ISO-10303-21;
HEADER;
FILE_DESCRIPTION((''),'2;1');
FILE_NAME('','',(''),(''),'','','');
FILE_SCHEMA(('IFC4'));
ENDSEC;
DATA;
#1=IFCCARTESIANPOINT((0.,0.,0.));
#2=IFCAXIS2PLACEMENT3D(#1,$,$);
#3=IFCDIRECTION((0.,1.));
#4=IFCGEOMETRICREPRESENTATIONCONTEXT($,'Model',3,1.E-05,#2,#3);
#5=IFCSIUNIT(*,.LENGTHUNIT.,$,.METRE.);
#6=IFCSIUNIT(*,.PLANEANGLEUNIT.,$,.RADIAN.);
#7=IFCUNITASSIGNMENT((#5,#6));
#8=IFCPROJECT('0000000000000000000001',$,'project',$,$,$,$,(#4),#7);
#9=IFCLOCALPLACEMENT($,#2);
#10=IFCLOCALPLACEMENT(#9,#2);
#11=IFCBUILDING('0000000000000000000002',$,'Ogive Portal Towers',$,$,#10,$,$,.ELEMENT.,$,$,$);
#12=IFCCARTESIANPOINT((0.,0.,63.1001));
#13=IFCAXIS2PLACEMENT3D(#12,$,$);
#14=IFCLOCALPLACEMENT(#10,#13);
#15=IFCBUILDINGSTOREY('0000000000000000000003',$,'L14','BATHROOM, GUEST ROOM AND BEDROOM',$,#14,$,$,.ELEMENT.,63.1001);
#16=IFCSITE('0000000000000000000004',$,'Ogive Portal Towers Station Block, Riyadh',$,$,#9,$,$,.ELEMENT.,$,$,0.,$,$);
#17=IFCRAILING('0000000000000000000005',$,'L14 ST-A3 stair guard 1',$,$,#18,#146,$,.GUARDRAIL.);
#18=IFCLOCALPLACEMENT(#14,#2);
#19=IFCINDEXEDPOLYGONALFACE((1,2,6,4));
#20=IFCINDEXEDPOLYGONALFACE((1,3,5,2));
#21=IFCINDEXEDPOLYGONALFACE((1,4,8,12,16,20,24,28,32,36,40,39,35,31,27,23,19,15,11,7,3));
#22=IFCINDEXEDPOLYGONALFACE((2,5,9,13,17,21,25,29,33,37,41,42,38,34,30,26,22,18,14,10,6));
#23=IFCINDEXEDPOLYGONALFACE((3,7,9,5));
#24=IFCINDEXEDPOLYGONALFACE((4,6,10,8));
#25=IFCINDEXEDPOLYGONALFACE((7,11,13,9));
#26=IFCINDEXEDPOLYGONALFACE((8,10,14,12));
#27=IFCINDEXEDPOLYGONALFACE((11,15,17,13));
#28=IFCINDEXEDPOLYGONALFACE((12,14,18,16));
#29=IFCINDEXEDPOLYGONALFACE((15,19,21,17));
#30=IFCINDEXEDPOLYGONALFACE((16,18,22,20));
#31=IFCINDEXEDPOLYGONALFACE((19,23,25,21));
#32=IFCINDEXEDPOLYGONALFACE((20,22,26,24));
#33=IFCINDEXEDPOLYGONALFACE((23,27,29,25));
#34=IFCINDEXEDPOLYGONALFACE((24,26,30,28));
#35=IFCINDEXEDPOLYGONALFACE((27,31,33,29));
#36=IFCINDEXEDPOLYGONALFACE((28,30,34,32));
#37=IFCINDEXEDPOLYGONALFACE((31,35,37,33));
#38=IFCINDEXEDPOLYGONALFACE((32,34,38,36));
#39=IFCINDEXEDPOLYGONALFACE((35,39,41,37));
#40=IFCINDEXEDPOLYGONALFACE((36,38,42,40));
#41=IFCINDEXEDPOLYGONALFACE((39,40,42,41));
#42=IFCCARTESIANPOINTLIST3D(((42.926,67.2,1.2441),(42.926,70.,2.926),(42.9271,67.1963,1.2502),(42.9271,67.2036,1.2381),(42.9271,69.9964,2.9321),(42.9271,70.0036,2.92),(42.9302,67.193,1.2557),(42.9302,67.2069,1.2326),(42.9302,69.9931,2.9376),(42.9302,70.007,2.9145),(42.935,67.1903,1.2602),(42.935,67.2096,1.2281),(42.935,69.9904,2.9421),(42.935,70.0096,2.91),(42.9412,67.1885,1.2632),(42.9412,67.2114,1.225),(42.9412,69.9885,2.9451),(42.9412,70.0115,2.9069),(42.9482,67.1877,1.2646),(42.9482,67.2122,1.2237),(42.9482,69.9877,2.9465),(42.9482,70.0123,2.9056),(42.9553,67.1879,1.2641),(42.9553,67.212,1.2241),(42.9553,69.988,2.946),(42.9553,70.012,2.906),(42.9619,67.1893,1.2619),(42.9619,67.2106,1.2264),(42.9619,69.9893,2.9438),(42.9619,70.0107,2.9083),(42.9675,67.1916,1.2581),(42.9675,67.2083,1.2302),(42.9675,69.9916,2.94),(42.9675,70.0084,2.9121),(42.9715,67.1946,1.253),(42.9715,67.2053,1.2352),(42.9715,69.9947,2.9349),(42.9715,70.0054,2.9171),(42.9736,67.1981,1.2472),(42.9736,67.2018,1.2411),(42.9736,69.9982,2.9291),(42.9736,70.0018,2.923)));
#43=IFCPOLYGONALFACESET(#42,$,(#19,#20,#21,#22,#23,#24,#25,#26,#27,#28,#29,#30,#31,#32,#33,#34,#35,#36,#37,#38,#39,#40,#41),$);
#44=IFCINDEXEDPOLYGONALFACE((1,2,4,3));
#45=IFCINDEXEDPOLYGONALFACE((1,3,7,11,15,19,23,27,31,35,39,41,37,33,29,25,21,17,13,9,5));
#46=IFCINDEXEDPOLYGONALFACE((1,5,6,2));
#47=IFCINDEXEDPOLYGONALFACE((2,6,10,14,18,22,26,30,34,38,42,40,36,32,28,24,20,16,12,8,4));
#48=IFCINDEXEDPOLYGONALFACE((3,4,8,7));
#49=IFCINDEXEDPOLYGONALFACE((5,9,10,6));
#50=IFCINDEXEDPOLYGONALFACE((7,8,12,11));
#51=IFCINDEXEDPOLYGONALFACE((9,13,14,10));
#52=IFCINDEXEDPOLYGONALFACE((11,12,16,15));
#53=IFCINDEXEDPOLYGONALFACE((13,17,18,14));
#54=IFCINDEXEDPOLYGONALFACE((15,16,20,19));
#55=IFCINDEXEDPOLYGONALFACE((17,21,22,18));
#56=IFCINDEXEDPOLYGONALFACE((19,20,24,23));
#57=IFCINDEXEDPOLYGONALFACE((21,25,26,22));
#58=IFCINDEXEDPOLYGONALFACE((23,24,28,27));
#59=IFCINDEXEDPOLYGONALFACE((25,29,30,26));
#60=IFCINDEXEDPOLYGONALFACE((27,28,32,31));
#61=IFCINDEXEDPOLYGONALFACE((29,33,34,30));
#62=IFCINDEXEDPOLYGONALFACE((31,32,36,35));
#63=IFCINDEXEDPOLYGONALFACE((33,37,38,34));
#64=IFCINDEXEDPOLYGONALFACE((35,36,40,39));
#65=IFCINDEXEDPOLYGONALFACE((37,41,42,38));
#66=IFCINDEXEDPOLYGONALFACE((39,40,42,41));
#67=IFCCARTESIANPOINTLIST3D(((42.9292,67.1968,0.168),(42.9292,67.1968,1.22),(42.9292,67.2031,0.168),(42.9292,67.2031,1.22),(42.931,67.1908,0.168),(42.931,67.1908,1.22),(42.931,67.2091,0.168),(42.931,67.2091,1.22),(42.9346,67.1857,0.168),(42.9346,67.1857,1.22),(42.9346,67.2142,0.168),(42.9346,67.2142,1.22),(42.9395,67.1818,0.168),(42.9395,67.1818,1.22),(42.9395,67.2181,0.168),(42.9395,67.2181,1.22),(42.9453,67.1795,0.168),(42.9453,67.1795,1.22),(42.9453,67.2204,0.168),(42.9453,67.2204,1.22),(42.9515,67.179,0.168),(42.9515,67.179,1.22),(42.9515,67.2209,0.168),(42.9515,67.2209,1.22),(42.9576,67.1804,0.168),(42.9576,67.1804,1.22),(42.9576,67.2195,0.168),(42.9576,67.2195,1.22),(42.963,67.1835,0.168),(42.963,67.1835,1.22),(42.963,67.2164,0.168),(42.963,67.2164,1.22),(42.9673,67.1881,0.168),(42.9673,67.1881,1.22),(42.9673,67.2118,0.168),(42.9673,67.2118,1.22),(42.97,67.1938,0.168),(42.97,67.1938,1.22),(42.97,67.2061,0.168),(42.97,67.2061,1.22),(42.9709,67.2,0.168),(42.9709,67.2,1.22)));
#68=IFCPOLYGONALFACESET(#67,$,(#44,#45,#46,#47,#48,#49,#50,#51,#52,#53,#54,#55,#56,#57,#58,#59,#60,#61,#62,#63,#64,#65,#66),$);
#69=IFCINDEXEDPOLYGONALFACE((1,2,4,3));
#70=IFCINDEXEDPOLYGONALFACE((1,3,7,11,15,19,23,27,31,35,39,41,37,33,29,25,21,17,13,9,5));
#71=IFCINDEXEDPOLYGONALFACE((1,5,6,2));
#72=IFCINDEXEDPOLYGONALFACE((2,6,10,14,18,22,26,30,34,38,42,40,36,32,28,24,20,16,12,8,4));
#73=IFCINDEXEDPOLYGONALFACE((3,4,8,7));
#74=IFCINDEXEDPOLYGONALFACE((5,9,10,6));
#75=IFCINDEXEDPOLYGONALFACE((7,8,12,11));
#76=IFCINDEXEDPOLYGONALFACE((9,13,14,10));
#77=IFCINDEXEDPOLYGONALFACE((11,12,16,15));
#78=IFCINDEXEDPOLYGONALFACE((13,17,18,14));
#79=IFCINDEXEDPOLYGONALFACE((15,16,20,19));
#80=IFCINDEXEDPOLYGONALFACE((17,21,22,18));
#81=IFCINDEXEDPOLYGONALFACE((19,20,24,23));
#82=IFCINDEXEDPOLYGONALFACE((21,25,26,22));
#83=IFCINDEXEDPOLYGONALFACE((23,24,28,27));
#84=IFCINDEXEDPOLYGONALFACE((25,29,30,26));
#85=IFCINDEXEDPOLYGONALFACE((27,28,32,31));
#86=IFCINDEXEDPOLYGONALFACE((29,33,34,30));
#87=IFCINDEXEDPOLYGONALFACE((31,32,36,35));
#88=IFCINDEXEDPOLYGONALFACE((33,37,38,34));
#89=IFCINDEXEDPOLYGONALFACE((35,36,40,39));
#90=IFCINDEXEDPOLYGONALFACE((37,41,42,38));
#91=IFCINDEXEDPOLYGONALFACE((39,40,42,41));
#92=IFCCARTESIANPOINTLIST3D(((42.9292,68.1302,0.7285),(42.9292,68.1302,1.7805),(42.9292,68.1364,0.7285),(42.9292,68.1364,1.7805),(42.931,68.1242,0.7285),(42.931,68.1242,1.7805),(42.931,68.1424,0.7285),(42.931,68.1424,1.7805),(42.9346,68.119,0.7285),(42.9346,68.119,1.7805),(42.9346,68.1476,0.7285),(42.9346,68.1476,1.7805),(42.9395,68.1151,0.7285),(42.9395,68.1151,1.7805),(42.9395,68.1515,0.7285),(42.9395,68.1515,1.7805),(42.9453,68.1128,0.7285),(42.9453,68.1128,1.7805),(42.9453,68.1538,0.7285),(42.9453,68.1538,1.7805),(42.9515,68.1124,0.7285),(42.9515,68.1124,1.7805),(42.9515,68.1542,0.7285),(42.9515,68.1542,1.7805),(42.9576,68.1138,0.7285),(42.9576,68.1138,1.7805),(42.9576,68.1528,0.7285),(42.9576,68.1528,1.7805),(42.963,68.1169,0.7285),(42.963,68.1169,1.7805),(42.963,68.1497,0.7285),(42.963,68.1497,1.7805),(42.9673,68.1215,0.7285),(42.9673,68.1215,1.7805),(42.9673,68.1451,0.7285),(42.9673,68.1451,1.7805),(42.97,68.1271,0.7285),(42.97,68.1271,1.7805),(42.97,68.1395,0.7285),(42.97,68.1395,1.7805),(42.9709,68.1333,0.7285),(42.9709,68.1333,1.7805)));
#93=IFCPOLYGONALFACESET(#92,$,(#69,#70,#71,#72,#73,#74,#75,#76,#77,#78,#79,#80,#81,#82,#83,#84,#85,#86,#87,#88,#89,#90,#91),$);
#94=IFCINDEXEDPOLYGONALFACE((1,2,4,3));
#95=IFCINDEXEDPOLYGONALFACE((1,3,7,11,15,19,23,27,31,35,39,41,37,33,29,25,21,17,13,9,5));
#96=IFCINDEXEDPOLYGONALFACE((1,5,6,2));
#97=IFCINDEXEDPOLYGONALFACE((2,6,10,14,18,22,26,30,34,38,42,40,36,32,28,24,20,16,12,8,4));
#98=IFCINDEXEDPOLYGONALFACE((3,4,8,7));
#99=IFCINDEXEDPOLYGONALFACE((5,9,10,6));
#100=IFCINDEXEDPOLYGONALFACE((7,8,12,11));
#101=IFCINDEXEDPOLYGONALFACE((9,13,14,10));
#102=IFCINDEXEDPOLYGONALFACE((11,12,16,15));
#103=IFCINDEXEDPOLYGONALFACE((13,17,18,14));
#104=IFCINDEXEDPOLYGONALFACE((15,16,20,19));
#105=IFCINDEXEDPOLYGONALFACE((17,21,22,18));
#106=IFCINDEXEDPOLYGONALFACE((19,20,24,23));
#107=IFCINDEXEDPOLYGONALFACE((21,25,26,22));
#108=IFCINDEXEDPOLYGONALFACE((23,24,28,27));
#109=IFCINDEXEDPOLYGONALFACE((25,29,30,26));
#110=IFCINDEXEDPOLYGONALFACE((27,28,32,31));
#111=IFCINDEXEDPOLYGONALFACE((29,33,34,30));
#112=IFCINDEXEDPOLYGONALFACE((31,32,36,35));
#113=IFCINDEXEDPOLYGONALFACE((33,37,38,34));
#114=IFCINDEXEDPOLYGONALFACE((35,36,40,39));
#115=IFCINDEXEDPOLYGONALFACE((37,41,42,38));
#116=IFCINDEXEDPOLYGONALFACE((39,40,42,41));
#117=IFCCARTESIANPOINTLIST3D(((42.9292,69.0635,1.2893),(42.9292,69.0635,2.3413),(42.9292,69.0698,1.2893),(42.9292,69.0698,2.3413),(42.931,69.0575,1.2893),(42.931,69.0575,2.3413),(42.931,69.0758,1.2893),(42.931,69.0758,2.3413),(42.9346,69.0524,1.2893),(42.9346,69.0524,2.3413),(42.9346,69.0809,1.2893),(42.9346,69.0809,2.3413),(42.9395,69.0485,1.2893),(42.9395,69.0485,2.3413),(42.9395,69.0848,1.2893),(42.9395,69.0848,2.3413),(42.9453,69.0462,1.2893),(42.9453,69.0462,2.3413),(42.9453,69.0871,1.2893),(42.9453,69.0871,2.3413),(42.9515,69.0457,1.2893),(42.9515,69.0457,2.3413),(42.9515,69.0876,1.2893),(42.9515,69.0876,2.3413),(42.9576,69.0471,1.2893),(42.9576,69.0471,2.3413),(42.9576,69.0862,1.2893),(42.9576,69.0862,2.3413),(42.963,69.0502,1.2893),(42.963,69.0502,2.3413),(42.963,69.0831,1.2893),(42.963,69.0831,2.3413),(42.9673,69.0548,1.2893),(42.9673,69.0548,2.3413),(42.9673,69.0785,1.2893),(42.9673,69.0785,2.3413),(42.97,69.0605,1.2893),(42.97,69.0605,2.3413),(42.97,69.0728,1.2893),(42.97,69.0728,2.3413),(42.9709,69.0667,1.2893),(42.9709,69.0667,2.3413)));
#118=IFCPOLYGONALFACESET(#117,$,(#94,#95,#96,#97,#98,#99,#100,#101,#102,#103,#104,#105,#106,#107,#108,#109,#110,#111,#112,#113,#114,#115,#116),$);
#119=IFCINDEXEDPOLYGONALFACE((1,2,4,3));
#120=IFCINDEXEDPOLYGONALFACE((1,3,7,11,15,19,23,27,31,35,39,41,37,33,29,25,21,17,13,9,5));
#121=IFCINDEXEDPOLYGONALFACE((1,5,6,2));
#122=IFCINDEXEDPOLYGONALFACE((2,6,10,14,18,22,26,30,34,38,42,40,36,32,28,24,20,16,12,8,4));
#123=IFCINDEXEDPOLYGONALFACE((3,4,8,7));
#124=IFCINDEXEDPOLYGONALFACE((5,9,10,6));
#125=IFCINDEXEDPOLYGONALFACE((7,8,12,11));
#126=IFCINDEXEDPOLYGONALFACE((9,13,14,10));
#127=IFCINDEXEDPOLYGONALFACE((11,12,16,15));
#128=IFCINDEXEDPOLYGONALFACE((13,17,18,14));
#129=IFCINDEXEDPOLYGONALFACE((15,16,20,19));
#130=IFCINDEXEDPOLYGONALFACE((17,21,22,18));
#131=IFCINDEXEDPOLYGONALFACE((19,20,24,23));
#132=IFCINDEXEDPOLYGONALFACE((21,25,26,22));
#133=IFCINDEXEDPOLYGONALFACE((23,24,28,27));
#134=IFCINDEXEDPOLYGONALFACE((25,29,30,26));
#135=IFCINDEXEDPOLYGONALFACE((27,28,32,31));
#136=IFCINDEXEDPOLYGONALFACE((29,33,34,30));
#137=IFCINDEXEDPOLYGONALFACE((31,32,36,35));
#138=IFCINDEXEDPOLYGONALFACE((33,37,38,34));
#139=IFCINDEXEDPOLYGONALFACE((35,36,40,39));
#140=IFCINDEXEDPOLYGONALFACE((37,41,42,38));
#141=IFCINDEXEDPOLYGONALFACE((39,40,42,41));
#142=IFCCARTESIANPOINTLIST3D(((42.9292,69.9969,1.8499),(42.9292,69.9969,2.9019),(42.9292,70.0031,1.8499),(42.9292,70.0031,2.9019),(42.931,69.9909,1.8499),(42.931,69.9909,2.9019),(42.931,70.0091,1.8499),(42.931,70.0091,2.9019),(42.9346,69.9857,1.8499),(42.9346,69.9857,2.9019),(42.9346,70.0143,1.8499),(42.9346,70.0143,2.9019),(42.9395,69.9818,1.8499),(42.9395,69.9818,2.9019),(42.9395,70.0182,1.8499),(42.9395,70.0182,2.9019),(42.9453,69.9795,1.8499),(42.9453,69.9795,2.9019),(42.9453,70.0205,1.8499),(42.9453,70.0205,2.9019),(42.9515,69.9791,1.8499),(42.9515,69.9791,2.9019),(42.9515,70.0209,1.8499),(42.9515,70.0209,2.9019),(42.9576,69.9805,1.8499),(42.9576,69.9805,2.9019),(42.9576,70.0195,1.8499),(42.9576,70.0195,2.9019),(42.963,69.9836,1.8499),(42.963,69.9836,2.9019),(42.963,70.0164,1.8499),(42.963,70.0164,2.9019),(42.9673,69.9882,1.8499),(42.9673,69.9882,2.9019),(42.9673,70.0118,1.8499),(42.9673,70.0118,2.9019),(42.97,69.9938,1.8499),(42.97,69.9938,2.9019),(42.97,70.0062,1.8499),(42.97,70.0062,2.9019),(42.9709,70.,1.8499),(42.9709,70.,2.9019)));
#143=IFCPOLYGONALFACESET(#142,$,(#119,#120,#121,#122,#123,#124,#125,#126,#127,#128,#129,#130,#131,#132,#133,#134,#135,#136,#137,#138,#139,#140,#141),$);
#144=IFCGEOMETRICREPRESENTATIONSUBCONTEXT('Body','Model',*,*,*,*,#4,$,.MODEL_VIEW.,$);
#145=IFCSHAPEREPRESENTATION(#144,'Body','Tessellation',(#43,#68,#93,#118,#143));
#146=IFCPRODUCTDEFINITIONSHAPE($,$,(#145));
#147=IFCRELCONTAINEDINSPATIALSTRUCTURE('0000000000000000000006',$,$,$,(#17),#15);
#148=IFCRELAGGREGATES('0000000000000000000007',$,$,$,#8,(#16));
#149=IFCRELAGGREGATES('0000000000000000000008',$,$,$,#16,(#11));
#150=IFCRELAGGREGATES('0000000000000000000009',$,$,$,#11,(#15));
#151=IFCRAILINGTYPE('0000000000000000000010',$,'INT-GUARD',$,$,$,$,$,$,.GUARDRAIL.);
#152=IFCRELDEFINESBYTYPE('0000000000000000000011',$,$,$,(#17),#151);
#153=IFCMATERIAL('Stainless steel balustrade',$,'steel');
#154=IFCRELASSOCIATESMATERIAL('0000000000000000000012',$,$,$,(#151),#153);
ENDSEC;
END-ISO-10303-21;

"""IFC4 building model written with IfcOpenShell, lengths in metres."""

from ifc_helpers import new_model, si_unit, direction, frame, origin, origin_2d, place, context, subcontext, project, spatial, circle, extrude, material, type_object, element, save


model = new_model("IFC4")

# Units and contexts
model_context = context("Model", 3, precision=1e-05, world=origin(), true_north=direction((0.0, 1.0)))
body_context = subcontext(model_context, "Body", "Model", "MODEL_VIEW")
ifc_project = project(units=[si_unit("LENGTHUNIT", "METRE"), si_unit("PLANEANGLEUNIT", "RADIAN")], contexts=[model_context])

# Site, building, storey
site_placement = place(None, origin())
site = spatial("IfcSite", under=ifc_project, at=site_placement, Name="Ogive Portal Towers Station Block, Riyadh", CompositionType="ELEMENT", RefElevation=0.0)
building_placement = place(site_placement, origin())
building = spatial("IfcBuilding", under=site, at=building_placement, Name="Ogive Portal Towers", CompositionType="ELEMENT")
storey_placement = place(building_placement, frame((0.0, 0.0, 63.1001)))
storey = spatial("IfcBuildingStorey", under=building, at=storey_placement, Name="L14", Description="BATHROOM, GUEST ROOM AND BEDROOM", CompositionType="ELEMENT", Elevation=63.1001)

# Railing
ifc_material_1 = material(Name="Stainless steel balustrade", Category="steel")
railing_type = type_object("IfcRailingType", Name="INT-GUARD", PredefinedType="GUARDRAIL", material=ifc_material_1)
railing_1_placement = place(storey_placement, frame((42.95, 67.2, 0.168)))
element("IfcRailing", 1, at=railing_1_placement, inside=storey, type_object=railing_type, Name="L14 ST-A3 stair guard 1", PredefinedType="GUARDRAIL", context=body_context, shape_type="SweptSolid", body=[
    extrude(circle(Radius=0.0239, at=origin_2d()), frame((0.0, 0.0, 1.0762), z_axis=(0.0, 0.857242, 0.514913), x_axis=(-1.0, 0.0, 0.0)), (0.0, 0.0, 1.0), 3.2664),
    extrude(circle(Radius=0.021, at=origin_2d()), origin(), (0.0, 0.0, 1.0), 1.052),
    extrude(circle(Radius=0.021, at=origin_2d()), frame((0.0, 0.9333, 0.5605)), (0.0, 0.0, 1.0), 1.052),
    extrude(circle(Radius=0.021, at=origin_2d()), frame((0.0, 1.8667, 1.1213)), (0.0, 0.0, 1.0), 1.052),
    extrude(circle(Radius=0.021, at=origin_2d()), frame((0.0, 2.8, 1.6819)), (0.0, 0.0, 1.0), 1.052),
])

save(model, "model.ifc")
